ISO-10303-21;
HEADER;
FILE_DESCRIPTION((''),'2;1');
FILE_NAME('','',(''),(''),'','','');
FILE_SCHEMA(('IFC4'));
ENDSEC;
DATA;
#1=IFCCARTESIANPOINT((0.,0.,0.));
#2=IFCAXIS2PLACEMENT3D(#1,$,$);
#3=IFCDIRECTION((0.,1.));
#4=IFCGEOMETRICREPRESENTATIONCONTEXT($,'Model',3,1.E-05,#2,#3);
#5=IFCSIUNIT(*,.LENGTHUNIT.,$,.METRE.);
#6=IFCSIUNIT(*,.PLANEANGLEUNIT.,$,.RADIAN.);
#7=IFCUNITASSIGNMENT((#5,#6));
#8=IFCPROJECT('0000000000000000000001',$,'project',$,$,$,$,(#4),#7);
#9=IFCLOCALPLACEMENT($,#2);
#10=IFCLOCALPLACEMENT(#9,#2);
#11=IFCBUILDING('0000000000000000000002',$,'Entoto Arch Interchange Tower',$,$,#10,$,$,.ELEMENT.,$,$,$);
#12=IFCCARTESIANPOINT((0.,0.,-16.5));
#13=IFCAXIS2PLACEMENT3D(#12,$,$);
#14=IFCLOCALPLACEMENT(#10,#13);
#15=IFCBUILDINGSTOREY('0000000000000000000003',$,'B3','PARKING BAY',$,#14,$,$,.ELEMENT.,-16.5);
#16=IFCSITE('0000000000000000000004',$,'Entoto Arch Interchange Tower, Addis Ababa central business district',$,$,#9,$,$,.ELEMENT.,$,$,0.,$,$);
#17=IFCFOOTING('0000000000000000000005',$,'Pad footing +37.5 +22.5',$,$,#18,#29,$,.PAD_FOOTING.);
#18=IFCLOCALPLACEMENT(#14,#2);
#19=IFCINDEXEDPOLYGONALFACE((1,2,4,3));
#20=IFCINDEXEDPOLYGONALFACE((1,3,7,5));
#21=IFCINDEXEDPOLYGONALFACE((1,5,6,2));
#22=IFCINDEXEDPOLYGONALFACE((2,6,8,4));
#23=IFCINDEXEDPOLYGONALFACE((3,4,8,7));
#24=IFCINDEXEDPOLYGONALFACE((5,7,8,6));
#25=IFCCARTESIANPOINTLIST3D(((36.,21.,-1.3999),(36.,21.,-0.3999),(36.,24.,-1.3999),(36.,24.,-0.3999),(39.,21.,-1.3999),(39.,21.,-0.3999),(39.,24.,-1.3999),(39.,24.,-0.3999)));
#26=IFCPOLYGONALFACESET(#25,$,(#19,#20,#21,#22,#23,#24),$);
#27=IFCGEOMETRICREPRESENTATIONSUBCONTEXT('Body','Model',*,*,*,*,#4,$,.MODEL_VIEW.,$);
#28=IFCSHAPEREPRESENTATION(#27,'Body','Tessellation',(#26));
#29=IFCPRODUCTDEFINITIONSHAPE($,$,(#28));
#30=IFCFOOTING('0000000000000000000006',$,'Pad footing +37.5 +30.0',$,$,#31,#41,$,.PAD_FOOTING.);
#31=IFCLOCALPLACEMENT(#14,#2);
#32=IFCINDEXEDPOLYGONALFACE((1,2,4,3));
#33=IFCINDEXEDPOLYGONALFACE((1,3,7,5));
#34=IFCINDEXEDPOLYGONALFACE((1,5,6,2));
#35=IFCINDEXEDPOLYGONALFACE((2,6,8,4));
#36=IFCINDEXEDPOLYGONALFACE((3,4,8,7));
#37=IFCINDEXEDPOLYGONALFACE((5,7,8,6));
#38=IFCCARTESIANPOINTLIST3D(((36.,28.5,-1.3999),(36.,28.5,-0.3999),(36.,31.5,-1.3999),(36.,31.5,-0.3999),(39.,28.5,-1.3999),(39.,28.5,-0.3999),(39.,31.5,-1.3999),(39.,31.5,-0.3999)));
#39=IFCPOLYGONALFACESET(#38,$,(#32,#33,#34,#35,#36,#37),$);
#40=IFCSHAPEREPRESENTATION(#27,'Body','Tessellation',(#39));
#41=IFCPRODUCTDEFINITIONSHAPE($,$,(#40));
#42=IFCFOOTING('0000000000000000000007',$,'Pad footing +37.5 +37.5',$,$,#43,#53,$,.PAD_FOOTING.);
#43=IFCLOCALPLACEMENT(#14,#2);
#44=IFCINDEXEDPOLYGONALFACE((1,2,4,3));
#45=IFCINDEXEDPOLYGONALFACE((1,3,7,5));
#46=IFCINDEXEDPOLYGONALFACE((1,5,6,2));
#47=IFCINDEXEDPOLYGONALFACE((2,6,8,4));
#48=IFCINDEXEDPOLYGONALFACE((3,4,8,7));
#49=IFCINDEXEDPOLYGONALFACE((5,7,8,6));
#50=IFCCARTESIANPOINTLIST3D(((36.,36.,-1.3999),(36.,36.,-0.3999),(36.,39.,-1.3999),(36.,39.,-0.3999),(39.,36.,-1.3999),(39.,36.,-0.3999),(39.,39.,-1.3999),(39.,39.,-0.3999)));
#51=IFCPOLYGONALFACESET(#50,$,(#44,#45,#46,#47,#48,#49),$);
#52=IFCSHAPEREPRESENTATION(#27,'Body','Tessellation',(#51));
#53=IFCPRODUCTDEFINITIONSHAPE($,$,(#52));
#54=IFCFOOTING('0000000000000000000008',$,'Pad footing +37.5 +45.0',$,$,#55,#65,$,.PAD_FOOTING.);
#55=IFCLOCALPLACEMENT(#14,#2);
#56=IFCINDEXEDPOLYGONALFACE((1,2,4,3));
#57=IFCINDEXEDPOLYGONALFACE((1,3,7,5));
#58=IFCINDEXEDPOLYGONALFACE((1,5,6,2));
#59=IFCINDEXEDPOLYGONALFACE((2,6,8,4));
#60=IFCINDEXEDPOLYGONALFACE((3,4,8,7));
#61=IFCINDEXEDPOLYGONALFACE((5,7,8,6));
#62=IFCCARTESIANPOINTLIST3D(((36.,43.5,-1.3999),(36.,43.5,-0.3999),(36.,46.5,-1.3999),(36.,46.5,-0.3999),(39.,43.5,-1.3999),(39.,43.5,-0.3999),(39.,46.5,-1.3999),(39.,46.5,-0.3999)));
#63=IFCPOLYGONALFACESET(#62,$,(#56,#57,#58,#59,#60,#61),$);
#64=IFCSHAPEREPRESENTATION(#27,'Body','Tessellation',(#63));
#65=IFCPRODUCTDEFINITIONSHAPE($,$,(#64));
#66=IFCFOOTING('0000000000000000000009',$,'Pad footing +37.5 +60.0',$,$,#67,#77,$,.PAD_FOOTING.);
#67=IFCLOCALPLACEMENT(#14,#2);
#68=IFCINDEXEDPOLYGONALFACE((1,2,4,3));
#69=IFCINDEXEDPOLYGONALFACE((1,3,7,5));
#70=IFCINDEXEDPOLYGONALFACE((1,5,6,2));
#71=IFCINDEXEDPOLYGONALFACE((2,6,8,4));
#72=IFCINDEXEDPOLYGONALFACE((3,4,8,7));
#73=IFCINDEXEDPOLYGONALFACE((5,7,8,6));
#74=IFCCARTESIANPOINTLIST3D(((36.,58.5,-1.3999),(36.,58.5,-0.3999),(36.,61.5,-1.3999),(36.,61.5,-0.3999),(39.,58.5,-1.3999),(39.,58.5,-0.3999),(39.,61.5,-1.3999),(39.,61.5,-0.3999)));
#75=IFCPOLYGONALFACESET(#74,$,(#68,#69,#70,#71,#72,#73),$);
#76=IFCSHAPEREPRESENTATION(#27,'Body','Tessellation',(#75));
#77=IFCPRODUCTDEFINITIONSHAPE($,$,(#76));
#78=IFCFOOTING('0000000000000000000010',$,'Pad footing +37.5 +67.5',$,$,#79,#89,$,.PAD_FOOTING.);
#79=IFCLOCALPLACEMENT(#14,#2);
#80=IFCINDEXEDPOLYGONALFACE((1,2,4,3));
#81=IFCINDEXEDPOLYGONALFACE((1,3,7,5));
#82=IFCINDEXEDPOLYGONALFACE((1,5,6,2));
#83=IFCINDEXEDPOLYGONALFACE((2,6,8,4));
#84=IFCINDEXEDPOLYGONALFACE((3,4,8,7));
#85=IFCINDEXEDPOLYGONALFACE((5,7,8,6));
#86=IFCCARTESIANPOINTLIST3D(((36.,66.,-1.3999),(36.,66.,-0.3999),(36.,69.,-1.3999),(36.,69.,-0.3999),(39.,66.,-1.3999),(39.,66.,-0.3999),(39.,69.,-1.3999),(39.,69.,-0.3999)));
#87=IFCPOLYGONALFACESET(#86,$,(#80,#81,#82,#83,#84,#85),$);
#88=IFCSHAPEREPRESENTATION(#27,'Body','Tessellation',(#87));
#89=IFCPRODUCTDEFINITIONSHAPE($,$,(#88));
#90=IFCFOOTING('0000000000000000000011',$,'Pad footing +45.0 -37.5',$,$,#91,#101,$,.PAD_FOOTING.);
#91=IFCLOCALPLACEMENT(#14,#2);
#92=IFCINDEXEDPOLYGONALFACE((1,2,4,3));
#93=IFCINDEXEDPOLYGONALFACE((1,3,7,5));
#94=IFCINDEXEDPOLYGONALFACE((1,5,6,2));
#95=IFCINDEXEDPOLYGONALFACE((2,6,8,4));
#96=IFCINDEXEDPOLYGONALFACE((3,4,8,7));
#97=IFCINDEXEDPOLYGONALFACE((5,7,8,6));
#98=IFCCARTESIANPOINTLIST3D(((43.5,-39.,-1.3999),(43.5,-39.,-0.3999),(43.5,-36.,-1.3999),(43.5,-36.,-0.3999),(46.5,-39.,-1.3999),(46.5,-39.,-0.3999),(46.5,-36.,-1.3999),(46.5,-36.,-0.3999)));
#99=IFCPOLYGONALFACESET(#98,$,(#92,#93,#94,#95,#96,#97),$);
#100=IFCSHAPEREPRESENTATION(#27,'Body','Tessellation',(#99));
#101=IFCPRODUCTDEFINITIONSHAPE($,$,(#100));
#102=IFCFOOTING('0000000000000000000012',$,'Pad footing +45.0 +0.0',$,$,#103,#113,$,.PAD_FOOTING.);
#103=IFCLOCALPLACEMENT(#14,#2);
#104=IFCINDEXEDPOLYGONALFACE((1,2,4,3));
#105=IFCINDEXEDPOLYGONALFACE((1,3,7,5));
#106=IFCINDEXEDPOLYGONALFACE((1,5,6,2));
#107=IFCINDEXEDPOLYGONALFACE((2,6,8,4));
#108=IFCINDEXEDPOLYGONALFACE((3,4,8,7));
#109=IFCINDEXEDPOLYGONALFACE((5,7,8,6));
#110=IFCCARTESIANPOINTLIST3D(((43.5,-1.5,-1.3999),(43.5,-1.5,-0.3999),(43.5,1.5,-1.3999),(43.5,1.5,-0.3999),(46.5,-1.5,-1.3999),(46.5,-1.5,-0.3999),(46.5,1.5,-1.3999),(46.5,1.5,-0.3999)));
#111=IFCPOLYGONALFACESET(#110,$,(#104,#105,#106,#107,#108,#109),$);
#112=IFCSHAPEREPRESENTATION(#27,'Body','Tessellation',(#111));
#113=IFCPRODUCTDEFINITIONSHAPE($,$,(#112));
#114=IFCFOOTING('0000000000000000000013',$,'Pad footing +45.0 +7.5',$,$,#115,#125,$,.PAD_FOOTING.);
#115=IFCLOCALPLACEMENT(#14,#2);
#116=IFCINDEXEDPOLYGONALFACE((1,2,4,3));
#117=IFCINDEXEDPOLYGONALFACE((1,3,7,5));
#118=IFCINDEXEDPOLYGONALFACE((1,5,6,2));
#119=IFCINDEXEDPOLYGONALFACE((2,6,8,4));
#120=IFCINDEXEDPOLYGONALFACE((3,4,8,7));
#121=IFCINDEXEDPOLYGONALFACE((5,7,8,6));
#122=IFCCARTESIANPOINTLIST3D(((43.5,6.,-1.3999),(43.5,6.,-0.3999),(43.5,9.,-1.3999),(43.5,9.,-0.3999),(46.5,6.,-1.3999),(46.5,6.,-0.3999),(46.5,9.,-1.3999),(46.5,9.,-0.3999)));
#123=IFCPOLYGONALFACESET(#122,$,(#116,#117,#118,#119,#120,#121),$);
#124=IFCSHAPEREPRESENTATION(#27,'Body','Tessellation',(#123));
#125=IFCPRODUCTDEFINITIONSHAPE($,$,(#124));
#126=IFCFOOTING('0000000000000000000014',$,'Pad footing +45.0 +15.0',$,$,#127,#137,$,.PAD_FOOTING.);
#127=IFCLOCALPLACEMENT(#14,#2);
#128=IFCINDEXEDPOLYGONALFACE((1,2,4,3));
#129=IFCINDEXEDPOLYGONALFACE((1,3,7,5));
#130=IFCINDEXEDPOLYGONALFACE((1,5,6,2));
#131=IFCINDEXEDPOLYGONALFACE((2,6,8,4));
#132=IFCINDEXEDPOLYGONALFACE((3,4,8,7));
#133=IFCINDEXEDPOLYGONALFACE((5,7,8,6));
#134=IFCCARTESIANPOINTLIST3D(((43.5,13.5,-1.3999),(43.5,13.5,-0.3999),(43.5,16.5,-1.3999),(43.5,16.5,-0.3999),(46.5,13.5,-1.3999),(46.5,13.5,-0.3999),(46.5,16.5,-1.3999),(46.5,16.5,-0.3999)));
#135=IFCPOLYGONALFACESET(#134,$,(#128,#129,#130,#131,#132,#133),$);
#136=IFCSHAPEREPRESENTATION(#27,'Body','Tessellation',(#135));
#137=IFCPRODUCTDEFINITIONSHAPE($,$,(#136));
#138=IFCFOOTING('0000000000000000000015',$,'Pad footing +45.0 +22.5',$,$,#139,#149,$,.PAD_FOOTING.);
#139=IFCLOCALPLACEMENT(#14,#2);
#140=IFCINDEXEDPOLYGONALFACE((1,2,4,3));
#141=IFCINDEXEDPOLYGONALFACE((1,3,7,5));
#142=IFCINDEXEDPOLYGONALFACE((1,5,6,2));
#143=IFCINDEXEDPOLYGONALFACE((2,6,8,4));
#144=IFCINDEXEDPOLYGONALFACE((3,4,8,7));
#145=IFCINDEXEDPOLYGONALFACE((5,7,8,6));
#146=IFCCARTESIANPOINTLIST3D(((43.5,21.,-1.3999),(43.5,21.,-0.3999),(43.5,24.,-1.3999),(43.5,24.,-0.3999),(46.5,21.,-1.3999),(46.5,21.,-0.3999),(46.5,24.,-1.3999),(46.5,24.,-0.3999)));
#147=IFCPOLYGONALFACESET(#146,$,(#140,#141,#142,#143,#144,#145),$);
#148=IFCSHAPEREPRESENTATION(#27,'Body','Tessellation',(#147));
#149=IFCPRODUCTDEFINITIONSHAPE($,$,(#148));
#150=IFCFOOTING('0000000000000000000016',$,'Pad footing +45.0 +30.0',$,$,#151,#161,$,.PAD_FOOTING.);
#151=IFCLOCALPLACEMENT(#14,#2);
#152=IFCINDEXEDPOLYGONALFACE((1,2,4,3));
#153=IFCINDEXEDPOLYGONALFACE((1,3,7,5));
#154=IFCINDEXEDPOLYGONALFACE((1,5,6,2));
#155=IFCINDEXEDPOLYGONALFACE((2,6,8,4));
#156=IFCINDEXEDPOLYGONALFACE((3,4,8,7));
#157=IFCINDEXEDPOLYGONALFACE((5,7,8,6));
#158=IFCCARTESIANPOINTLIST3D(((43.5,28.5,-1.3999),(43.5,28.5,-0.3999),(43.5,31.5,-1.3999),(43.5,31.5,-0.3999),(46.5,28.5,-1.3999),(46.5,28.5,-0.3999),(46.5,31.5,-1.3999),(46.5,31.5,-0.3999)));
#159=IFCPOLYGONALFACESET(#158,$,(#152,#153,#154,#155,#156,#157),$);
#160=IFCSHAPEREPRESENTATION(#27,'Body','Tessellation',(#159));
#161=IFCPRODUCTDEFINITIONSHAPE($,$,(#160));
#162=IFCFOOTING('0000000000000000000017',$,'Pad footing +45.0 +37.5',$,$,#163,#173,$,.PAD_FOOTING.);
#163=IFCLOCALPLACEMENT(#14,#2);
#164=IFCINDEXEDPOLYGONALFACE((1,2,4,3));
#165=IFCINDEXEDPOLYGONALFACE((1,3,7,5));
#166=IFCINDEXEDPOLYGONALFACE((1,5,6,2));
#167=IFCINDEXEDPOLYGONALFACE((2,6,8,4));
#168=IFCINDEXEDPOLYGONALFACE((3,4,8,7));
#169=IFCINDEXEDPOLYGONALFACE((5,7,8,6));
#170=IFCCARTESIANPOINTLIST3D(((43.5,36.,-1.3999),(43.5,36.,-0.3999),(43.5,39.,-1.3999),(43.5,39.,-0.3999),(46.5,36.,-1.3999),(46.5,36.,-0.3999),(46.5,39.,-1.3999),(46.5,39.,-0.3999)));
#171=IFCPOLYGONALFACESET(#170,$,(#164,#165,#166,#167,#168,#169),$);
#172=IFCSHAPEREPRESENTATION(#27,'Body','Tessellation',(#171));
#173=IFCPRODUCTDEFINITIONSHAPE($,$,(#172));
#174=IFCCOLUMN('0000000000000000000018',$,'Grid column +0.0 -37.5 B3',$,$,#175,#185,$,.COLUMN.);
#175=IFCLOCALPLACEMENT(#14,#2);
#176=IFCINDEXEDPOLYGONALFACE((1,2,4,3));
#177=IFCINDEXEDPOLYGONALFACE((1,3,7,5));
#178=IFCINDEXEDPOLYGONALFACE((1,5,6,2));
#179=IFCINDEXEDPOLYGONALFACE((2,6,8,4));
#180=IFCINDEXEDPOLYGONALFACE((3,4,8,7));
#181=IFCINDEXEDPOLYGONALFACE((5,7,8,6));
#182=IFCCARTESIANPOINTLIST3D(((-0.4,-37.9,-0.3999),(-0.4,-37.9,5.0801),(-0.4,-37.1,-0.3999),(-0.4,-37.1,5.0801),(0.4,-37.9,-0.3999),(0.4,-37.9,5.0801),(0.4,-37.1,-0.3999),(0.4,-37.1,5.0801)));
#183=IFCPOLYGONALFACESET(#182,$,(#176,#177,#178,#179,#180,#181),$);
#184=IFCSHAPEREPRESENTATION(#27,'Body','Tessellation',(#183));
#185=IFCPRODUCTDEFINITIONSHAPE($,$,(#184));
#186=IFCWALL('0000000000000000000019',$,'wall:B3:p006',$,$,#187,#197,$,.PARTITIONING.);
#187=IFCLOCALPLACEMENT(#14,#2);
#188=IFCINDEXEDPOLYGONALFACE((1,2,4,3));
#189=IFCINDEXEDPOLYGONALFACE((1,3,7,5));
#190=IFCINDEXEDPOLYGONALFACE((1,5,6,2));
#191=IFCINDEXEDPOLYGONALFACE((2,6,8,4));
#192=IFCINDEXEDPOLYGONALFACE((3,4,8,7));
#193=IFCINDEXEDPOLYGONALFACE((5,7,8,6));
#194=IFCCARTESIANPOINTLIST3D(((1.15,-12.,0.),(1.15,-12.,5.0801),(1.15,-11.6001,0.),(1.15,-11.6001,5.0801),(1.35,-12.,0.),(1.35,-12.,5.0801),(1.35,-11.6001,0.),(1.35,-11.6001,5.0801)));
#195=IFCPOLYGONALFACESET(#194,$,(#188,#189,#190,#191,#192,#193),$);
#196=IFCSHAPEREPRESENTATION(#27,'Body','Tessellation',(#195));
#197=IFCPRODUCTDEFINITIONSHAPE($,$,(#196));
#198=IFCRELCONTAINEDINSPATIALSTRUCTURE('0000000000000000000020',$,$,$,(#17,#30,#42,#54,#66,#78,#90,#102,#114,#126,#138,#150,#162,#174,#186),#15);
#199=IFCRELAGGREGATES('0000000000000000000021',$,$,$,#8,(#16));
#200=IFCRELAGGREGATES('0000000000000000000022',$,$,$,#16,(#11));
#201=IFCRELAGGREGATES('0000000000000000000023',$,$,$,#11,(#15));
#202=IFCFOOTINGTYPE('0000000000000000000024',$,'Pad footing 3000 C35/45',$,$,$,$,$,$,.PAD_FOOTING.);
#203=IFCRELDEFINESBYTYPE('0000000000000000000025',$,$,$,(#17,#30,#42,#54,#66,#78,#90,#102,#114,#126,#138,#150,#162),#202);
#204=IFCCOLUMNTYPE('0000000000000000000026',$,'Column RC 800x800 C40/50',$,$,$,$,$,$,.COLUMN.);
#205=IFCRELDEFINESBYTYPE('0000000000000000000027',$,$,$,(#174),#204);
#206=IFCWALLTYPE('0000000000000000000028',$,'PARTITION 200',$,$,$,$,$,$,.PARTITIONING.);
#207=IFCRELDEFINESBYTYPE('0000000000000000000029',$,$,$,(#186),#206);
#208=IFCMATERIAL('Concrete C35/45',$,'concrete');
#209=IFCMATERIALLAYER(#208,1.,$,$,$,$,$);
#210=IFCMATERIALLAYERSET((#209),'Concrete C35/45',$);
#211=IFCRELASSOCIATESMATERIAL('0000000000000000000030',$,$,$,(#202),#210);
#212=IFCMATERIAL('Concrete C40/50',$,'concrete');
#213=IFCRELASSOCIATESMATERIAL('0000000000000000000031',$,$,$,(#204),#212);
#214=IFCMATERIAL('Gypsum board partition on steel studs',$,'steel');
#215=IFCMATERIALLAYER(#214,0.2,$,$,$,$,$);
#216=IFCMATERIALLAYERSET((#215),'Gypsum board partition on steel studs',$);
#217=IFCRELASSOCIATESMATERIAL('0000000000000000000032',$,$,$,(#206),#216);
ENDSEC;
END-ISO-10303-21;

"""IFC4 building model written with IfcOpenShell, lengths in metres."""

from ifc_helpers import new_model, si_unit, direction, frame, frame_2d, origin, origin_2d, place, context, subcontext, project, spatial, polyline, rectangle, outline, extrude, material, layer, layer_set, material_profile, profile_set, type_object, element, save


model = new_model("IFC4")

# Units and contexts
model_context = context("Model", 3, precision=1e-05, world=origin(), true_north=direction((0.0, 1.0)))
body_context = subcontext(model_context, "Body", "Model", "MODEL_VIEW")
ifc_project = project(units=[si_unit("LENGTHUNIT", "METRE"), si_unit("PLANEANGLEUNIT", "RADIAN")], contexts=[model_context])

# Site, building, storey
site_placement = place(None, origin())
site = spatial("IfcSite", under=ifc_project, at=site_placement, Name="Entoto Arch Interchange Tower, Addis Ababa central business district", CompositionType="ELEMENT", RefElevation=0.0)
building_placement = place(site_placement, origin())
building = spatial("IfcBuilding", under=site, at=building_placement, Name="Entoto Arch Interchange Tower", CompositionType="ELEMENT")
storey_placement = place(building_placement, frame((0.0, 0.0, -16.5)))
storey = spatial("IfcBuildingStorey", under=building, at=storey_placement, Name="B3", Description="PARKING BAY", CompositionType="ELEMENT", Elevation=-16.5)

# Footings
ifc_material_1 = material(Name="Concrete C35/45", Category="concrete")
ifc_layer_1 = layer(ifc_material_1, 1.0)
ifc_layer_set_1 = layer_set([ifc_layer_1], Name="Concrete C35/45")
footing_type = type_object("IfcFootingType", Name="Pad footing 3000 C35/45", PredefinedType="PAD_FOOTING", material=ifc_layer_set_1)
footing_1_placement = place(storey_placement, frame((0.0, 0.0, -1.3999)))
element("IfcFooting", 1, at=footing_1_placement, inside=storey, type_object=footing_type, Name="Pad footing +37.5 +22.5", PredefinedType="PAD_FOOTING", context=body_context, shape_type="SweptSolid", body=[
    extrude(outline(polyline([(39.0, 21.0), (39.0, 24.0), (36.0, 24.0), (36.0, 21.0), (39.0, 21.0)])), origin(), (0.0, 0.0, 1.0), 1.0),
])
footing_2_placement = place(storey_placement, frame((0.0, 0.0, -1.3999)))
element("IfcFooting", 2, at=footing_2_placement, inside=storey, type_object=footing_type, Name="Pad footing +37.5 +30.0", PredefinedType="PAD_FOOTING", context=body_context, shape_type="SweptSolid", body=[
    extrude(outline(polyline([(39.0, 28.5), (39.0, 31.5), (36.0, 31.5), (36.0, 28.5), (39.0, 28.5)])), origin(), (0.0, 0.0, 1.0), 1.0),
])
footing_3_placement = place(storey_placement, frame((0.0, 0.0, -1.3999)))
element("IfcFooting", 3, at=footing_3_placement, inside=storey, type_object=footing_type, Name="Pad footing +37.5 +37.5", PredefinedType="PAD_FOOTING", context=body_context, shape_type="SweptSolid", body=[
    extrude(outline(polyline([(39.0, 36.0), (39.0, 39.0), (36.0, 39.0), (36.0, 36.0), (39.0, 36.0)])), origin(), (0.0, 0.0, 1.0), 1.0),
])
footing_4_placement = place(storey_placement, frame((0.0, 0.0, -1.3999)))
element("IfcFooting", 4, at=footing_4_placement, inside=storey, type_object=footing_type, Name="Pad footing +37.5 +45.0", PredefinedType="PAD_FOOTING", context=body_context, shape_type="SweptSolid", body=[
    extrude(outline(polyline([(39.0, 43.5), (39.0, 46.5), (36.0, 46.5), (36.0, 43.5), (39.0, 43.5)])), origin(), (0.0, 0.0, 1.0), 1.0),
])
footing_5_placement = place(storey_placement, frame((0.0, 0.0, -1.3999)))
element("IfcFooting", 5, at=footing_5_placement, inside=storey, type_object=footing_type, Name="Pad footing +37.5 +60.0", PredefinedType="PAD_FOOTING", context=body_context, shape_type="SweptSolid", body=[
    extrude(outline(polyline([(39.0, 58.5), (39.0, 61.5), (36.0, 61.5), (36.0, 58.5), (39.0, 58.5)])), origin(), (0.0, 0.0, 1.0), 1.0),
])
footing_6_placement = place(storey_placement, frame((0.0, 0.0, -1.3999)))
element("IfcFooting", 6, at=footing_6_placement, inside=storey, type_object=footing_type, Name="Pad footing +37.5 +67.5", PredefinedType="PAD_FOOTING", context=body_context, shape_type="SweptSolid", body=[
    extrude(outline(polyline([(39.0, 66.0), (39.0, 69.0), (36.0, 69.0), (36.0, 66.0), (39.0, 66.0)])), origin(), (0.0, 0.0, 1.0), 1.0),
])
footing_7_placement = place(storey_placement, frame((0.0, 0.0, -1.3999)))
element("IfcFooting", 7, at=footing_7_placement, inside=storey, type_object=footing_type, Name="Pad footing +45.0 -37.5", PredefinedType="PAD_FOOTING", context=body_context, shape_type="SweptSolid", body=[
    extrude(outline(polyline([(46.5, -39.0), (46.5, -36.0), (43.5, -36.0), (43.5, -39.0), (46.5, -39.0)])), origin(), (0.0, 0.0, 1.0), 1.0),
])
footing_8_placement = place(storey_placement, frame((0.0, 0.0, -1.3999)))
element("IfcFooting", 8, at=footing_8_placement, inside=storey, type_object=footing_type, Name="Pad footing +45.0 +0.0", PredefinedType="PAD_FOOTING", context=body_context, shape_type="SweptSolid", body=[
    extrude(outline(polyline([(46.5, -1.5), (46.5, 1.5), (43.5, 1.5), (43.5, -1.5), (46.5, -1.5)])), origin(), (0.0, 0.0, 1.0), 1.0),
])
footing_9_placement = place(storey_placement, frame((0.0, 0.0, -1.3999)))
element("IfcFooting", 9, at=footing_9_placement, inside=storey, type_object=footing_type, Name="Pad footing +45.0 +7.5", PredefinedType="PAD_FOOTING", context=body_context, shape_type="SweptSolid", body=[
    extrude(outline(polyline([(46.5, 6.0), (46.5, 9.0), (43.5, 9.0), (43.5, 6.0), (46.5, 6.0)])), origin(), (0.0, 0.0, 1.0), 1.0),
])
footing_10_placement = place(storey_placement, frame((0.0, 0.0, -1.3999)))
element("IfcFooting", 10, at=footing_10_placement, inside=storey, type_object=footing_type, Name="Pad footing +45.0 +15.0", PredefinedType="PAD_FOOTING", context=body_context, shape_type="SweptSolid", body=[
    extrude(outline(polyline([(46.5, 13.5), (46.5, 16.5), (43.5, 16.5), (43.5, 13.5), (46.5, 13.5)])), origin(), (0.0, 0.0, 1.0), 1.0),
])
footing_11_placement = place(storey_placement, frame((0.0, 0.0, -1.3999)))
element("IfcFooting", 11, at=footing_11_placement, inside=storey, type_object=footing_type, Name="Pad footing +45.0 +22.5", PredefinedType="PAD_FOOTING", context=body_context, shape_type="SweptSolid", body=[
    extrude(outline(polyline([(46.5, 21.0), (46.5, 24.0), (43.5, 24.0), (43.5, 21.0), (46.5, 21.0)])), origin(), (0.0, 0.0, 1.0), 1.0),
])
footing_12_placement = place(storey_placement, frame((0.0, 0.0, -1.3999)))
element("IfcFooting", 12, at=footing_12_placement, inside=storey, type_object=footing_type, Name="Pad footing +45.0 +30.0", PredefinedType="PAD_FOOTING", context=body_context, shape_type="SweptSolid", body=[
    extrude(outline(polyline([(46.5, 28.5), (46.5, 31.5), (43.5, 31.5), (43.5, 28.5), (46.5, 28.5)])), origin(), (0.0, 0.0, 1.0), 1.0),
])
footing_13_placement = place(storey_placement, frame((0.0, 0.0, -1.3999)))
element("IfcFooting", 13, at=footing_13_placement, inside=storey, type_object=footing_type, Name="Pad footing +45.0 +37.5", PredefinedType="PAD_FOOTING", context=body_context, shape_type="SweptSolid", body=[
    extrude(outline(polyline([(46.5, 36.0), (46.5, 39.0), (43.5, 39.0), (43.5, 36.0), (46.5, 36.0)])), origin(), (0.0, 0.0, 1.0), 1.0),
])

# Column
ifc_material_2 = material(Name="Concrete C40/50", Category="concrete")
ifc_material_profile = material_profile(ifc_material_2, rectangle(XDim=0.8, YDim=0.8, at=origin_2d()))
ifc_profile_set = profile_set([ifc_material_profile], Name="Concrete C40/50")
column_type = type_object("IfcColumnType", Name="Column RC 800x800 C40/50", PredefinedType="COLUMN", material=ifc_profile_set)
column_placement = place(storey_placement, frame((0.0, -37.5, -0.3999), z_axis=(0.0, 0.0, 1.0), x_axis=(1.0, 0.0, 0.0)))
element("IfcColumn", 14, at=column_placement, inside=storey, type_object=column_type, Name="Grid column +0.0 -37.5 B3", PredefinedType="COLUMN", context=body_context, shape_type="SweptSolid", body=[
    extrude(rectangle(XDim=0.8, YDim=0.8, at=origin_2d()), origin(), (0.0, 0.0, 1.0), 5.48),
])

# Wall
ifc_material_3 = material(Name="Gypsum board partition on steel studs", Category="steel")
ifc_layer_2 = layer(ifc_material_3, 0.2)
ifc_layer_set_2 = layer_set([ifc_layer_2], Name="Gypsum board partition on steel studs")
wall_type = type_object("IfcWallType", Name="PARTITION 200", PredefinedType="PARTITIONING", material=ifc_layer_set_2)
wall_placement = place(storey_placement, frame((1.25, -12.0, 0.0), z_axis=(0.0, 0.0, 1.0), x_axis=(0.0, 1.0, 0.0)))
element("IfcWall", 15, at=wall_placement, inside=storey, type_object=wall_type, Name="wall:B3:p006", PredefinedType="PARTITIONING", context=body_context, shape_type="SweptSolid", body=[
    extrude(rectangle(XDim=0.3999, YDim=0.2, at=frame_2d((0.2, 0.0))), origin(), (0.0, 0.0, 1.0), 5.0801),
])

save(model, "model.ifc")
